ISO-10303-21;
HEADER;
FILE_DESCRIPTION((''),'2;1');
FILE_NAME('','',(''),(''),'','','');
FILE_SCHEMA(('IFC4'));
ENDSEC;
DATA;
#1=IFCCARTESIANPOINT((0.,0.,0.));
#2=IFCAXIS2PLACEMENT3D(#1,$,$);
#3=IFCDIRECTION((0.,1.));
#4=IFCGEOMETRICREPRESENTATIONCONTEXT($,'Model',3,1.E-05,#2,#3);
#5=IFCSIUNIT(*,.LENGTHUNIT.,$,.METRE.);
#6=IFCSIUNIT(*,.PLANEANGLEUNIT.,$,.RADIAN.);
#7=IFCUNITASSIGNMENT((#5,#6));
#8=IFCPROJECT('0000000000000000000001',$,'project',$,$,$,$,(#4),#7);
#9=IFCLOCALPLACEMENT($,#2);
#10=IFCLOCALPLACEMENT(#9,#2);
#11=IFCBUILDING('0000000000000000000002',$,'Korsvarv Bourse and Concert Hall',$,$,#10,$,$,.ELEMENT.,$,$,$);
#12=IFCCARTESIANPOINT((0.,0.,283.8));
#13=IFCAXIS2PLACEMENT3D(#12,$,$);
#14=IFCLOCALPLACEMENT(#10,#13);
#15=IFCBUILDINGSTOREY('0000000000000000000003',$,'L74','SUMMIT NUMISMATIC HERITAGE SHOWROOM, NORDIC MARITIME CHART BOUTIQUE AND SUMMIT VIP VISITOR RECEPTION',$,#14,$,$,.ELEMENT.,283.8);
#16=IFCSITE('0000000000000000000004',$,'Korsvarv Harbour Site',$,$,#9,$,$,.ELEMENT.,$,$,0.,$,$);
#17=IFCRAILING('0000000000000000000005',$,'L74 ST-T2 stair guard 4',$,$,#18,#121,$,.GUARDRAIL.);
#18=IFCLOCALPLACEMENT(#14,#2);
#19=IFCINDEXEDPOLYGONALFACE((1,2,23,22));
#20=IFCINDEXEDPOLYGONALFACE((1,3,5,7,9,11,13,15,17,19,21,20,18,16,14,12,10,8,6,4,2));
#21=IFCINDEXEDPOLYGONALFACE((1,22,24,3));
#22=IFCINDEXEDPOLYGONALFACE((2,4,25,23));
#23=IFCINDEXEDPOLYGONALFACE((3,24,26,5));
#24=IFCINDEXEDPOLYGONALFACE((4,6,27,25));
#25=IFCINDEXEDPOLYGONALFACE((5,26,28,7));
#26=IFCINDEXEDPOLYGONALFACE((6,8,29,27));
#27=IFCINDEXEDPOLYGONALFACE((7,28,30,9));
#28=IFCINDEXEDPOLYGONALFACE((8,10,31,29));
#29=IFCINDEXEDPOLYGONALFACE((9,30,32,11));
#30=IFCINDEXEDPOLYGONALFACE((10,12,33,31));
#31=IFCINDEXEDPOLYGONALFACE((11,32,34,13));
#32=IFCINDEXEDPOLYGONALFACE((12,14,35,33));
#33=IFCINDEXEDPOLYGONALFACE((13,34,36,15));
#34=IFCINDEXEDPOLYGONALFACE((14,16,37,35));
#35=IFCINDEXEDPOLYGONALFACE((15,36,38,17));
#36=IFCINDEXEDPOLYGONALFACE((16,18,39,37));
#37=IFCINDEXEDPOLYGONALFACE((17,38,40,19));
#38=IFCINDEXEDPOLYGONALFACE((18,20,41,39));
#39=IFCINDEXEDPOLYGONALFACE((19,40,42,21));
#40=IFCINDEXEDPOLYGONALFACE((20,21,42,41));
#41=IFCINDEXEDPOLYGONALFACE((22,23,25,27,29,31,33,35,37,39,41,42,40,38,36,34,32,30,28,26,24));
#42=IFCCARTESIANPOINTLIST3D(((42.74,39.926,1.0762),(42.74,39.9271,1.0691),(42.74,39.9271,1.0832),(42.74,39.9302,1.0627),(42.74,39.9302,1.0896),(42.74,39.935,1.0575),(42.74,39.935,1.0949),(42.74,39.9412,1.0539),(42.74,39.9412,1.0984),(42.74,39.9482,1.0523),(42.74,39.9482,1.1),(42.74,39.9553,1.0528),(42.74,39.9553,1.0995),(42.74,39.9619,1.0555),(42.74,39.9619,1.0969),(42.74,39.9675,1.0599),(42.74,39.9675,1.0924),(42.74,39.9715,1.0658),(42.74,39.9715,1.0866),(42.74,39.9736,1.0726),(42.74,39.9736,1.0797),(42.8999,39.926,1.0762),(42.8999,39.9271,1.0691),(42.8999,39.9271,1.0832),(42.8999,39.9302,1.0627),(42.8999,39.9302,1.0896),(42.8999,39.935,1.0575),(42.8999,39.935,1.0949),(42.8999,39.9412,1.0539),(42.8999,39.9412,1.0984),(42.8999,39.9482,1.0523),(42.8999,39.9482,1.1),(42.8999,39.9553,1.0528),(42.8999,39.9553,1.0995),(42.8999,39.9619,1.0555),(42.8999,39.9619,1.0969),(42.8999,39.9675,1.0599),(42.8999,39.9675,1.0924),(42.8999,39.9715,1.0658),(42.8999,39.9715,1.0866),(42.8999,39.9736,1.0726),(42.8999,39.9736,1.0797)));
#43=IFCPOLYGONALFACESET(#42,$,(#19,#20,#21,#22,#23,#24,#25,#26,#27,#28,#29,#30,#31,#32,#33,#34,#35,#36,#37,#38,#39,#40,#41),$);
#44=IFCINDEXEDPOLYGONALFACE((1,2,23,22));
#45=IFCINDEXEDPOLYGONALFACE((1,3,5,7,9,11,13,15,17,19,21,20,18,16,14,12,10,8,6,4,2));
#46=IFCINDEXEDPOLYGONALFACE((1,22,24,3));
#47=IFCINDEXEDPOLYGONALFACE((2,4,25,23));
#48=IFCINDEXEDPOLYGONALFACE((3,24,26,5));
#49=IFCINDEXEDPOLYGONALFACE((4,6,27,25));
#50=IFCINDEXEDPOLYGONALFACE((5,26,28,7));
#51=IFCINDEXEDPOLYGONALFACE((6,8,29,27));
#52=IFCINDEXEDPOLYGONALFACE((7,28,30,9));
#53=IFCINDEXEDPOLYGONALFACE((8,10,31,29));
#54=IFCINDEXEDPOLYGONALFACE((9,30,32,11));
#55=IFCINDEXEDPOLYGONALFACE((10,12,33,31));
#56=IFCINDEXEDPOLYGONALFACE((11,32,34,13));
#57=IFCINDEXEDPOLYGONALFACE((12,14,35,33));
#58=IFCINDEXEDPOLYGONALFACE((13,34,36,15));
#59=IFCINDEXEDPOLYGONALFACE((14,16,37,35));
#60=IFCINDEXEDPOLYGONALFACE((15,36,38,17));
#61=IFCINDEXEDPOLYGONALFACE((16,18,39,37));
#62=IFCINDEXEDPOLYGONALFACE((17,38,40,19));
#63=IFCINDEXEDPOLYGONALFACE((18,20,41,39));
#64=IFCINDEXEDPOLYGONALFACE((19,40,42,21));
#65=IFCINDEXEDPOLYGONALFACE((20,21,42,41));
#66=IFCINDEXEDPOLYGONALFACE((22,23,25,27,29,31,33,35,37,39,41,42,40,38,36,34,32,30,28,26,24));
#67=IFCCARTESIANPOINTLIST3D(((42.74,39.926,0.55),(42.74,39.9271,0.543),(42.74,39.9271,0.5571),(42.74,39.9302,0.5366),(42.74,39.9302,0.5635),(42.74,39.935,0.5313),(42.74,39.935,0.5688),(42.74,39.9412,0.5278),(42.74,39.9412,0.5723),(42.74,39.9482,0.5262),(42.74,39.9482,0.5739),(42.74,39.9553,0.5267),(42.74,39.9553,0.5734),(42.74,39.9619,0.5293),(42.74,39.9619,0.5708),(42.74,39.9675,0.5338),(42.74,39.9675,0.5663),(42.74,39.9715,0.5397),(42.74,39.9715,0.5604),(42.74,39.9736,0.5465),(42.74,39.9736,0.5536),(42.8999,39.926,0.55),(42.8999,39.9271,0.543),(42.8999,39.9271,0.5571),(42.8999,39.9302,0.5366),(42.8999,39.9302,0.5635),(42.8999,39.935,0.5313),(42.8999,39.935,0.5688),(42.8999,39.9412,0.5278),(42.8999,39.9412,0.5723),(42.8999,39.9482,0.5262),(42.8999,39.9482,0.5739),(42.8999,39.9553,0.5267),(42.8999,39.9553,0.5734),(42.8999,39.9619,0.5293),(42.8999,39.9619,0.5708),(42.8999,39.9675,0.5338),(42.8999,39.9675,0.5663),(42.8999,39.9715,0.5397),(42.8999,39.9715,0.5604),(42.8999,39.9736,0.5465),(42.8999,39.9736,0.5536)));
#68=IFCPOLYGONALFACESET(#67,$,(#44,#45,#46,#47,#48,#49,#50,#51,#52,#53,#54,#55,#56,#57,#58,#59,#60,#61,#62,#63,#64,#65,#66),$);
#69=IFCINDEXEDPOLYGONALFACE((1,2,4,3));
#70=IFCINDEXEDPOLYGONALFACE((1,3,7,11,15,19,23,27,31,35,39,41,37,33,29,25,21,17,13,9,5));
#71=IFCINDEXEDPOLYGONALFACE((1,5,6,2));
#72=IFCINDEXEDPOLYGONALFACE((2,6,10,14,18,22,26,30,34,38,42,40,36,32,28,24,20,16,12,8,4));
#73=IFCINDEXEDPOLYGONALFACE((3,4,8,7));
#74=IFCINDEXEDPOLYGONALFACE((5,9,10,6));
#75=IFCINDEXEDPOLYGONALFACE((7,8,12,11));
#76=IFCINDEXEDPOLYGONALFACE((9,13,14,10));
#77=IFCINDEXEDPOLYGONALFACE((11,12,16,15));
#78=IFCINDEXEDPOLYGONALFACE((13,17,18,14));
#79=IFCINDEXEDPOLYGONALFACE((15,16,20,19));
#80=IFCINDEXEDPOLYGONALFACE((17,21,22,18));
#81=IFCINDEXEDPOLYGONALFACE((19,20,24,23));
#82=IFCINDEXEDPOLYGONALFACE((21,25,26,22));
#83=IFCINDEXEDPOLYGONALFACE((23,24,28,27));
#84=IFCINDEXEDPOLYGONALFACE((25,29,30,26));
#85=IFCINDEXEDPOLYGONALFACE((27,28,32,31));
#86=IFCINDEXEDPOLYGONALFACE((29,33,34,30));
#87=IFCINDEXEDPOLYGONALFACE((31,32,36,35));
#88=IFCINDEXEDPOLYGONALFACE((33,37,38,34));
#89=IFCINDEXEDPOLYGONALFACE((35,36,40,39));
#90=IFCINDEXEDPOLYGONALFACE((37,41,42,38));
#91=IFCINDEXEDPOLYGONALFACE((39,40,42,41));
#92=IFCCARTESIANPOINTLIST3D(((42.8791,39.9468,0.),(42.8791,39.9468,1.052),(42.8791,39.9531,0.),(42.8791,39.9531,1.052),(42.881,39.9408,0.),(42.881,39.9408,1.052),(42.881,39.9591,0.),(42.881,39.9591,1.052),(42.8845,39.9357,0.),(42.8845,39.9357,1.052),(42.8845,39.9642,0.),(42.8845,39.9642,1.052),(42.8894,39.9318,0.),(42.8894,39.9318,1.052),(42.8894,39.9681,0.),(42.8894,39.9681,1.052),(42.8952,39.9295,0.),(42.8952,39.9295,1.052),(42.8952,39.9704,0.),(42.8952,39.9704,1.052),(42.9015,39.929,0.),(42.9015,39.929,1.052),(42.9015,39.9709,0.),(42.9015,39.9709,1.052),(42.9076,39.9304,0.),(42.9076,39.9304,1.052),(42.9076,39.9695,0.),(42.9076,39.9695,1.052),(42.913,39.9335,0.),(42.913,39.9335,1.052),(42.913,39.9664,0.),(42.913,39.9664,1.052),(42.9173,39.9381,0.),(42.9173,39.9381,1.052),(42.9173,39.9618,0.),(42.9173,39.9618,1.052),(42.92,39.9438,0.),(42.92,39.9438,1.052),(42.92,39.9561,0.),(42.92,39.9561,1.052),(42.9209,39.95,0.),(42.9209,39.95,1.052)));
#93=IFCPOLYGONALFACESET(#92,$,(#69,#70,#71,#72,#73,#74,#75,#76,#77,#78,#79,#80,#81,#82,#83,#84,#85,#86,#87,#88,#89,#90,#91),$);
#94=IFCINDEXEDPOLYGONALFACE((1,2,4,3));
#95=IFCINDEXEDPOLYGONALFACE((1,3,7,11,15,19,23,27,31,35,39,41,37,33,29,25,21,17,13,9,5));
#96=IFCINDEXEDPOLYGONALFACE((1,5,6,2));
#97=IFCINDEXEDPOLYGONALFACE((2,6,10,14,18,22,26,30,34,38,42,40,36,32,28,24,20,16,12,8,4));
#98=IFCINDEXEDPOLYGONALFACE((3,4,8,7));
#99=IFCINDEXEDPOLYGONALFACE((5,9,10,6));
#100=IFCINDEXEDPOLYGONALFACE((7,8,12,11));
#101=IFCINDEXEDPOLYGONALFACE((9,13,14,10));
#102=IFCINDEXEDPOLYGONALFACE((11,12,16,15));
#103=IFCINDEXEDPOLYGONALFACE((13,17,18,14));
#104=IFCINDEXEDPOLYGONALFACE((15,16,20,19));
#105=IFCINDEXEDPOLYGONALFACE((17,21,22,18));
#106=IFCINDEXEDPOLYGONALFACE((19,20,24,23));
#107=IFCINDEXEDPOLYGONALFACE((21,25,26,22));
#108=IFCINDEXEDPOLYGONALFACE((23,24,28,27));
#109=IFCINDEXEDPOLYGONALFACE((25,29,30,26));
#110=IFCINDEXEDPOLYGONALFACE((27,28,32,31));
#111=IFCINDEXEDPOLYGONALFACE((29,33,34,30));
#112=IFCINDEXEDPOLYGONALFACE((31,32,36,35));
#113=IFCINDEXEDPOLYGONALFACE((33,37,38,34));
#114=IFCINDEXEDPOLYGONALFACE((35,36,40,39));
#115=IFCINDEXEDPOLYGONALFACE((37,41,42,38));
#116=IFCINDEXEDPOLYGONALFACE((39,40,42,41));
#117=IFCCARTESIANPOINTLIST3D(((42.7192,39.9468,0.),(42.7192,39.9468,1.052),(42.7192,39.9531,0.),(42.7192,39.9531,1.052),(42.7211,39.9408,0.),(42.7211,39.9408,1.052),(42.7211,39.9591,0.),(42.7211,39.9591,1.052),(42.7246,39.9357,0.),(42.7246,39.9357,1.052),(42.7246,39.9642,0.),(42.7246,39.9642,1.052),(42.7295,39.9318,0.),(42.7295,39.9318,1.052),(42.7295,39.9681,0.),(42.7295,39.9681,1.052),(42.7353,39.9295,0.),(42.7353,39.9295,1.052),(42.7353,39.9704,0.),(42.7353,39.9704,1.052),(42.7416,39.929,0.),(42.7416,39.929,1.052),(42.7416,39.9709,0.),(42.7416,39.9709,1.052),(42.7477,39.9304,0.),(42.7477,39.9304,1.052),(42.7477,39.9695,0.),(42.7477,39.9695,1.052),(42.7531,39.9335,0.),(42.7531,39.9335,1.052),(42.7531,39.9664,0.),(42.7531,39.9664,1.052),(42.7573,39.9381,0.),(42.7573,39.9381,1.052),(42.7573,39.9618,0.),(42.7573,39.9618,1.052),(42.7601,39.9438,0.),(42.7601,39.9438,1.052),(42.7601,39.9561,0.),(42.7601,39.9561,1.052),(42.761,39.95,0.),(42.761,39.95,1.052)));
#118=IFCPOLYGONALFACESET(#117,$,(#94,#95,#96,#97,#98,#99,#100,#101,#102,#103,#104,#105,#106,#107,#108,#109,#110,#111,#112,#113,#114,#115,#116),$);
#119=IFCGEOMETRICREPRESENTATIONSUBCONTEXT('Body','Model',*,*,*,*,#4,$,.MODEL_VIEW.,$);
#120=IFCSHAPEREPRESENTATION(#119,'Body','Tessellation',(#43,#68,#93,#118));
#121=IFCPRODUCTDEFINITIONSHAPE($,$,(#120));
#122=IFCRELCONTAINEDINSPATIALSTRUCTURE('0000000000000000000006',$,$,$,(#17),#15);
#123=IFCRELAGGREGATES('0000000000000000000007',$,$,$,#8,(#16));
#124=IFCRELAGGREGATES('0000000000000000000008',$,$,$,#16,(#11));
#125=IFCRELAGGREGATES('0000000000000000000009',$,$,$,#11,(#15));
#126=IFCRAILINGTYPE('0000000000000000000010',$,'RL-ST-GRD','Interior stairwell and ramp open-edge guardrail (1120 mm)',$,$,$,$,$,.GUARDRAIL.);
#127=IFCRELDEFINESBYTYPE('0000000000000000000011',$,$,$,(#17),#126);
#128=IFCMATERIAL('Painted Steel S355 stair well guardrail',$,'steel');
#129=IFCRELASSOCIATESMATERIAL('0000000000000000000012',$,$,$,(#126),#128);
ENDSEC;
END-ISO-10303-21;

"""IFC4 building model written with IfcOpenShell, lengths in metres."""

from ifc_helpers import new_model, si_unit, direction, frame, origin, origin_2d, place, context, subcontext, project, spatial, circle, extrude, material, type_object, element, save


model = new_model("IFC4")

# Units and contexts
model_context = context("Model", 3, precision=1e-05, world=origin(), true_north=direction((0.0, 1.0)))
body_context = subcontext(model_context, "Body", "Model", "MODEL_VIEW")
ifc_project = project(units=[si_unit("LENGTHUNIT", "METRE"), si_unit("PLANEANGLEUNIT", "RADIAN")], contexts=[model_context])

# Site, building, storey
site_placement = place(None, origin())
site = spatial("IfcSite", under=ifc_project, at=site_placement, Name="Korsvarv Harbour Site", CompositionType="ELEMENT", RefElevation=0.0)
building_placement = place(site_placement, origin())
building = spatial("IfcBuilding", under=site, at=building_placement, Name="Korsvarv Bourse and Concert Hall", CompositionType="ELEMENT")
storey_placement = place(building_placement, frame((0.0, 0.0, 283.8)))
storey = spatial("IfcBuildingStorey", under=building, at=storey_placement, Name="L74", Description="SUMMIT NUMISMATIC HERITAGE SHOWROOM, NORDIC MARITIME CHART BOUTIQUE AND SUMMIT VIP VISITOR RECEPTION", CompositionType="ELEMENT", Elevation=283.8)

# Railing
ifc_material_1 = material(Name="Painted Steel S355 stair well guardrail", Category="steel")
railing_type_1 = type_object("IfcRailingType", Name="RL-ST-GRD", Description="Interior stairwell and ramp open-edge guardrail (1120 mm)", PredefinedType="GUARDRAIL", material=ifc_material_1)
railing_1_placement = place(storey_placement, frame((42.8999, 39.95, 0.0)))
element("IfcRailing", 1, at=railing_1_placement, inside=storey, type_object=railing_type_1, Name="L74 ST-T2 stair guard 4", PredefinedType="GUARDRAIL", context=body_context, shape_type="SweptSolid", body=[
    extrude(circle(Radius=0.0239, at=origin_2d()), frame((0.0, 0.0, 1.0762), z_axis=(-1.0, 0.0, 0.0), x_axis=(0.0, -1.0, 0.0)), (0.0, 0.0, 1.0), 0.1599),
    extrude(circle(Radius=0.0239, at=origin_2d()), frame((0.0, 0.0, 0.55), z_axis=(-1.0, 0.0, 0.0), x_axis=(0.0, -1.0, 0.0)), (0.0, 0.0, 1.0), 0.1599),
    extrude(circle(Radius=0.021, at=origin_2d()), origin(), (0.0, 0.0, 1.0), 1.052),
    extrude(circle(Radius=0.021, at=origin_2d()), frame((-0.1599, 0.0, 0.0)), (0.0, 0.0, 1.0), 1.052),
])

save(model, "model.ifc")
